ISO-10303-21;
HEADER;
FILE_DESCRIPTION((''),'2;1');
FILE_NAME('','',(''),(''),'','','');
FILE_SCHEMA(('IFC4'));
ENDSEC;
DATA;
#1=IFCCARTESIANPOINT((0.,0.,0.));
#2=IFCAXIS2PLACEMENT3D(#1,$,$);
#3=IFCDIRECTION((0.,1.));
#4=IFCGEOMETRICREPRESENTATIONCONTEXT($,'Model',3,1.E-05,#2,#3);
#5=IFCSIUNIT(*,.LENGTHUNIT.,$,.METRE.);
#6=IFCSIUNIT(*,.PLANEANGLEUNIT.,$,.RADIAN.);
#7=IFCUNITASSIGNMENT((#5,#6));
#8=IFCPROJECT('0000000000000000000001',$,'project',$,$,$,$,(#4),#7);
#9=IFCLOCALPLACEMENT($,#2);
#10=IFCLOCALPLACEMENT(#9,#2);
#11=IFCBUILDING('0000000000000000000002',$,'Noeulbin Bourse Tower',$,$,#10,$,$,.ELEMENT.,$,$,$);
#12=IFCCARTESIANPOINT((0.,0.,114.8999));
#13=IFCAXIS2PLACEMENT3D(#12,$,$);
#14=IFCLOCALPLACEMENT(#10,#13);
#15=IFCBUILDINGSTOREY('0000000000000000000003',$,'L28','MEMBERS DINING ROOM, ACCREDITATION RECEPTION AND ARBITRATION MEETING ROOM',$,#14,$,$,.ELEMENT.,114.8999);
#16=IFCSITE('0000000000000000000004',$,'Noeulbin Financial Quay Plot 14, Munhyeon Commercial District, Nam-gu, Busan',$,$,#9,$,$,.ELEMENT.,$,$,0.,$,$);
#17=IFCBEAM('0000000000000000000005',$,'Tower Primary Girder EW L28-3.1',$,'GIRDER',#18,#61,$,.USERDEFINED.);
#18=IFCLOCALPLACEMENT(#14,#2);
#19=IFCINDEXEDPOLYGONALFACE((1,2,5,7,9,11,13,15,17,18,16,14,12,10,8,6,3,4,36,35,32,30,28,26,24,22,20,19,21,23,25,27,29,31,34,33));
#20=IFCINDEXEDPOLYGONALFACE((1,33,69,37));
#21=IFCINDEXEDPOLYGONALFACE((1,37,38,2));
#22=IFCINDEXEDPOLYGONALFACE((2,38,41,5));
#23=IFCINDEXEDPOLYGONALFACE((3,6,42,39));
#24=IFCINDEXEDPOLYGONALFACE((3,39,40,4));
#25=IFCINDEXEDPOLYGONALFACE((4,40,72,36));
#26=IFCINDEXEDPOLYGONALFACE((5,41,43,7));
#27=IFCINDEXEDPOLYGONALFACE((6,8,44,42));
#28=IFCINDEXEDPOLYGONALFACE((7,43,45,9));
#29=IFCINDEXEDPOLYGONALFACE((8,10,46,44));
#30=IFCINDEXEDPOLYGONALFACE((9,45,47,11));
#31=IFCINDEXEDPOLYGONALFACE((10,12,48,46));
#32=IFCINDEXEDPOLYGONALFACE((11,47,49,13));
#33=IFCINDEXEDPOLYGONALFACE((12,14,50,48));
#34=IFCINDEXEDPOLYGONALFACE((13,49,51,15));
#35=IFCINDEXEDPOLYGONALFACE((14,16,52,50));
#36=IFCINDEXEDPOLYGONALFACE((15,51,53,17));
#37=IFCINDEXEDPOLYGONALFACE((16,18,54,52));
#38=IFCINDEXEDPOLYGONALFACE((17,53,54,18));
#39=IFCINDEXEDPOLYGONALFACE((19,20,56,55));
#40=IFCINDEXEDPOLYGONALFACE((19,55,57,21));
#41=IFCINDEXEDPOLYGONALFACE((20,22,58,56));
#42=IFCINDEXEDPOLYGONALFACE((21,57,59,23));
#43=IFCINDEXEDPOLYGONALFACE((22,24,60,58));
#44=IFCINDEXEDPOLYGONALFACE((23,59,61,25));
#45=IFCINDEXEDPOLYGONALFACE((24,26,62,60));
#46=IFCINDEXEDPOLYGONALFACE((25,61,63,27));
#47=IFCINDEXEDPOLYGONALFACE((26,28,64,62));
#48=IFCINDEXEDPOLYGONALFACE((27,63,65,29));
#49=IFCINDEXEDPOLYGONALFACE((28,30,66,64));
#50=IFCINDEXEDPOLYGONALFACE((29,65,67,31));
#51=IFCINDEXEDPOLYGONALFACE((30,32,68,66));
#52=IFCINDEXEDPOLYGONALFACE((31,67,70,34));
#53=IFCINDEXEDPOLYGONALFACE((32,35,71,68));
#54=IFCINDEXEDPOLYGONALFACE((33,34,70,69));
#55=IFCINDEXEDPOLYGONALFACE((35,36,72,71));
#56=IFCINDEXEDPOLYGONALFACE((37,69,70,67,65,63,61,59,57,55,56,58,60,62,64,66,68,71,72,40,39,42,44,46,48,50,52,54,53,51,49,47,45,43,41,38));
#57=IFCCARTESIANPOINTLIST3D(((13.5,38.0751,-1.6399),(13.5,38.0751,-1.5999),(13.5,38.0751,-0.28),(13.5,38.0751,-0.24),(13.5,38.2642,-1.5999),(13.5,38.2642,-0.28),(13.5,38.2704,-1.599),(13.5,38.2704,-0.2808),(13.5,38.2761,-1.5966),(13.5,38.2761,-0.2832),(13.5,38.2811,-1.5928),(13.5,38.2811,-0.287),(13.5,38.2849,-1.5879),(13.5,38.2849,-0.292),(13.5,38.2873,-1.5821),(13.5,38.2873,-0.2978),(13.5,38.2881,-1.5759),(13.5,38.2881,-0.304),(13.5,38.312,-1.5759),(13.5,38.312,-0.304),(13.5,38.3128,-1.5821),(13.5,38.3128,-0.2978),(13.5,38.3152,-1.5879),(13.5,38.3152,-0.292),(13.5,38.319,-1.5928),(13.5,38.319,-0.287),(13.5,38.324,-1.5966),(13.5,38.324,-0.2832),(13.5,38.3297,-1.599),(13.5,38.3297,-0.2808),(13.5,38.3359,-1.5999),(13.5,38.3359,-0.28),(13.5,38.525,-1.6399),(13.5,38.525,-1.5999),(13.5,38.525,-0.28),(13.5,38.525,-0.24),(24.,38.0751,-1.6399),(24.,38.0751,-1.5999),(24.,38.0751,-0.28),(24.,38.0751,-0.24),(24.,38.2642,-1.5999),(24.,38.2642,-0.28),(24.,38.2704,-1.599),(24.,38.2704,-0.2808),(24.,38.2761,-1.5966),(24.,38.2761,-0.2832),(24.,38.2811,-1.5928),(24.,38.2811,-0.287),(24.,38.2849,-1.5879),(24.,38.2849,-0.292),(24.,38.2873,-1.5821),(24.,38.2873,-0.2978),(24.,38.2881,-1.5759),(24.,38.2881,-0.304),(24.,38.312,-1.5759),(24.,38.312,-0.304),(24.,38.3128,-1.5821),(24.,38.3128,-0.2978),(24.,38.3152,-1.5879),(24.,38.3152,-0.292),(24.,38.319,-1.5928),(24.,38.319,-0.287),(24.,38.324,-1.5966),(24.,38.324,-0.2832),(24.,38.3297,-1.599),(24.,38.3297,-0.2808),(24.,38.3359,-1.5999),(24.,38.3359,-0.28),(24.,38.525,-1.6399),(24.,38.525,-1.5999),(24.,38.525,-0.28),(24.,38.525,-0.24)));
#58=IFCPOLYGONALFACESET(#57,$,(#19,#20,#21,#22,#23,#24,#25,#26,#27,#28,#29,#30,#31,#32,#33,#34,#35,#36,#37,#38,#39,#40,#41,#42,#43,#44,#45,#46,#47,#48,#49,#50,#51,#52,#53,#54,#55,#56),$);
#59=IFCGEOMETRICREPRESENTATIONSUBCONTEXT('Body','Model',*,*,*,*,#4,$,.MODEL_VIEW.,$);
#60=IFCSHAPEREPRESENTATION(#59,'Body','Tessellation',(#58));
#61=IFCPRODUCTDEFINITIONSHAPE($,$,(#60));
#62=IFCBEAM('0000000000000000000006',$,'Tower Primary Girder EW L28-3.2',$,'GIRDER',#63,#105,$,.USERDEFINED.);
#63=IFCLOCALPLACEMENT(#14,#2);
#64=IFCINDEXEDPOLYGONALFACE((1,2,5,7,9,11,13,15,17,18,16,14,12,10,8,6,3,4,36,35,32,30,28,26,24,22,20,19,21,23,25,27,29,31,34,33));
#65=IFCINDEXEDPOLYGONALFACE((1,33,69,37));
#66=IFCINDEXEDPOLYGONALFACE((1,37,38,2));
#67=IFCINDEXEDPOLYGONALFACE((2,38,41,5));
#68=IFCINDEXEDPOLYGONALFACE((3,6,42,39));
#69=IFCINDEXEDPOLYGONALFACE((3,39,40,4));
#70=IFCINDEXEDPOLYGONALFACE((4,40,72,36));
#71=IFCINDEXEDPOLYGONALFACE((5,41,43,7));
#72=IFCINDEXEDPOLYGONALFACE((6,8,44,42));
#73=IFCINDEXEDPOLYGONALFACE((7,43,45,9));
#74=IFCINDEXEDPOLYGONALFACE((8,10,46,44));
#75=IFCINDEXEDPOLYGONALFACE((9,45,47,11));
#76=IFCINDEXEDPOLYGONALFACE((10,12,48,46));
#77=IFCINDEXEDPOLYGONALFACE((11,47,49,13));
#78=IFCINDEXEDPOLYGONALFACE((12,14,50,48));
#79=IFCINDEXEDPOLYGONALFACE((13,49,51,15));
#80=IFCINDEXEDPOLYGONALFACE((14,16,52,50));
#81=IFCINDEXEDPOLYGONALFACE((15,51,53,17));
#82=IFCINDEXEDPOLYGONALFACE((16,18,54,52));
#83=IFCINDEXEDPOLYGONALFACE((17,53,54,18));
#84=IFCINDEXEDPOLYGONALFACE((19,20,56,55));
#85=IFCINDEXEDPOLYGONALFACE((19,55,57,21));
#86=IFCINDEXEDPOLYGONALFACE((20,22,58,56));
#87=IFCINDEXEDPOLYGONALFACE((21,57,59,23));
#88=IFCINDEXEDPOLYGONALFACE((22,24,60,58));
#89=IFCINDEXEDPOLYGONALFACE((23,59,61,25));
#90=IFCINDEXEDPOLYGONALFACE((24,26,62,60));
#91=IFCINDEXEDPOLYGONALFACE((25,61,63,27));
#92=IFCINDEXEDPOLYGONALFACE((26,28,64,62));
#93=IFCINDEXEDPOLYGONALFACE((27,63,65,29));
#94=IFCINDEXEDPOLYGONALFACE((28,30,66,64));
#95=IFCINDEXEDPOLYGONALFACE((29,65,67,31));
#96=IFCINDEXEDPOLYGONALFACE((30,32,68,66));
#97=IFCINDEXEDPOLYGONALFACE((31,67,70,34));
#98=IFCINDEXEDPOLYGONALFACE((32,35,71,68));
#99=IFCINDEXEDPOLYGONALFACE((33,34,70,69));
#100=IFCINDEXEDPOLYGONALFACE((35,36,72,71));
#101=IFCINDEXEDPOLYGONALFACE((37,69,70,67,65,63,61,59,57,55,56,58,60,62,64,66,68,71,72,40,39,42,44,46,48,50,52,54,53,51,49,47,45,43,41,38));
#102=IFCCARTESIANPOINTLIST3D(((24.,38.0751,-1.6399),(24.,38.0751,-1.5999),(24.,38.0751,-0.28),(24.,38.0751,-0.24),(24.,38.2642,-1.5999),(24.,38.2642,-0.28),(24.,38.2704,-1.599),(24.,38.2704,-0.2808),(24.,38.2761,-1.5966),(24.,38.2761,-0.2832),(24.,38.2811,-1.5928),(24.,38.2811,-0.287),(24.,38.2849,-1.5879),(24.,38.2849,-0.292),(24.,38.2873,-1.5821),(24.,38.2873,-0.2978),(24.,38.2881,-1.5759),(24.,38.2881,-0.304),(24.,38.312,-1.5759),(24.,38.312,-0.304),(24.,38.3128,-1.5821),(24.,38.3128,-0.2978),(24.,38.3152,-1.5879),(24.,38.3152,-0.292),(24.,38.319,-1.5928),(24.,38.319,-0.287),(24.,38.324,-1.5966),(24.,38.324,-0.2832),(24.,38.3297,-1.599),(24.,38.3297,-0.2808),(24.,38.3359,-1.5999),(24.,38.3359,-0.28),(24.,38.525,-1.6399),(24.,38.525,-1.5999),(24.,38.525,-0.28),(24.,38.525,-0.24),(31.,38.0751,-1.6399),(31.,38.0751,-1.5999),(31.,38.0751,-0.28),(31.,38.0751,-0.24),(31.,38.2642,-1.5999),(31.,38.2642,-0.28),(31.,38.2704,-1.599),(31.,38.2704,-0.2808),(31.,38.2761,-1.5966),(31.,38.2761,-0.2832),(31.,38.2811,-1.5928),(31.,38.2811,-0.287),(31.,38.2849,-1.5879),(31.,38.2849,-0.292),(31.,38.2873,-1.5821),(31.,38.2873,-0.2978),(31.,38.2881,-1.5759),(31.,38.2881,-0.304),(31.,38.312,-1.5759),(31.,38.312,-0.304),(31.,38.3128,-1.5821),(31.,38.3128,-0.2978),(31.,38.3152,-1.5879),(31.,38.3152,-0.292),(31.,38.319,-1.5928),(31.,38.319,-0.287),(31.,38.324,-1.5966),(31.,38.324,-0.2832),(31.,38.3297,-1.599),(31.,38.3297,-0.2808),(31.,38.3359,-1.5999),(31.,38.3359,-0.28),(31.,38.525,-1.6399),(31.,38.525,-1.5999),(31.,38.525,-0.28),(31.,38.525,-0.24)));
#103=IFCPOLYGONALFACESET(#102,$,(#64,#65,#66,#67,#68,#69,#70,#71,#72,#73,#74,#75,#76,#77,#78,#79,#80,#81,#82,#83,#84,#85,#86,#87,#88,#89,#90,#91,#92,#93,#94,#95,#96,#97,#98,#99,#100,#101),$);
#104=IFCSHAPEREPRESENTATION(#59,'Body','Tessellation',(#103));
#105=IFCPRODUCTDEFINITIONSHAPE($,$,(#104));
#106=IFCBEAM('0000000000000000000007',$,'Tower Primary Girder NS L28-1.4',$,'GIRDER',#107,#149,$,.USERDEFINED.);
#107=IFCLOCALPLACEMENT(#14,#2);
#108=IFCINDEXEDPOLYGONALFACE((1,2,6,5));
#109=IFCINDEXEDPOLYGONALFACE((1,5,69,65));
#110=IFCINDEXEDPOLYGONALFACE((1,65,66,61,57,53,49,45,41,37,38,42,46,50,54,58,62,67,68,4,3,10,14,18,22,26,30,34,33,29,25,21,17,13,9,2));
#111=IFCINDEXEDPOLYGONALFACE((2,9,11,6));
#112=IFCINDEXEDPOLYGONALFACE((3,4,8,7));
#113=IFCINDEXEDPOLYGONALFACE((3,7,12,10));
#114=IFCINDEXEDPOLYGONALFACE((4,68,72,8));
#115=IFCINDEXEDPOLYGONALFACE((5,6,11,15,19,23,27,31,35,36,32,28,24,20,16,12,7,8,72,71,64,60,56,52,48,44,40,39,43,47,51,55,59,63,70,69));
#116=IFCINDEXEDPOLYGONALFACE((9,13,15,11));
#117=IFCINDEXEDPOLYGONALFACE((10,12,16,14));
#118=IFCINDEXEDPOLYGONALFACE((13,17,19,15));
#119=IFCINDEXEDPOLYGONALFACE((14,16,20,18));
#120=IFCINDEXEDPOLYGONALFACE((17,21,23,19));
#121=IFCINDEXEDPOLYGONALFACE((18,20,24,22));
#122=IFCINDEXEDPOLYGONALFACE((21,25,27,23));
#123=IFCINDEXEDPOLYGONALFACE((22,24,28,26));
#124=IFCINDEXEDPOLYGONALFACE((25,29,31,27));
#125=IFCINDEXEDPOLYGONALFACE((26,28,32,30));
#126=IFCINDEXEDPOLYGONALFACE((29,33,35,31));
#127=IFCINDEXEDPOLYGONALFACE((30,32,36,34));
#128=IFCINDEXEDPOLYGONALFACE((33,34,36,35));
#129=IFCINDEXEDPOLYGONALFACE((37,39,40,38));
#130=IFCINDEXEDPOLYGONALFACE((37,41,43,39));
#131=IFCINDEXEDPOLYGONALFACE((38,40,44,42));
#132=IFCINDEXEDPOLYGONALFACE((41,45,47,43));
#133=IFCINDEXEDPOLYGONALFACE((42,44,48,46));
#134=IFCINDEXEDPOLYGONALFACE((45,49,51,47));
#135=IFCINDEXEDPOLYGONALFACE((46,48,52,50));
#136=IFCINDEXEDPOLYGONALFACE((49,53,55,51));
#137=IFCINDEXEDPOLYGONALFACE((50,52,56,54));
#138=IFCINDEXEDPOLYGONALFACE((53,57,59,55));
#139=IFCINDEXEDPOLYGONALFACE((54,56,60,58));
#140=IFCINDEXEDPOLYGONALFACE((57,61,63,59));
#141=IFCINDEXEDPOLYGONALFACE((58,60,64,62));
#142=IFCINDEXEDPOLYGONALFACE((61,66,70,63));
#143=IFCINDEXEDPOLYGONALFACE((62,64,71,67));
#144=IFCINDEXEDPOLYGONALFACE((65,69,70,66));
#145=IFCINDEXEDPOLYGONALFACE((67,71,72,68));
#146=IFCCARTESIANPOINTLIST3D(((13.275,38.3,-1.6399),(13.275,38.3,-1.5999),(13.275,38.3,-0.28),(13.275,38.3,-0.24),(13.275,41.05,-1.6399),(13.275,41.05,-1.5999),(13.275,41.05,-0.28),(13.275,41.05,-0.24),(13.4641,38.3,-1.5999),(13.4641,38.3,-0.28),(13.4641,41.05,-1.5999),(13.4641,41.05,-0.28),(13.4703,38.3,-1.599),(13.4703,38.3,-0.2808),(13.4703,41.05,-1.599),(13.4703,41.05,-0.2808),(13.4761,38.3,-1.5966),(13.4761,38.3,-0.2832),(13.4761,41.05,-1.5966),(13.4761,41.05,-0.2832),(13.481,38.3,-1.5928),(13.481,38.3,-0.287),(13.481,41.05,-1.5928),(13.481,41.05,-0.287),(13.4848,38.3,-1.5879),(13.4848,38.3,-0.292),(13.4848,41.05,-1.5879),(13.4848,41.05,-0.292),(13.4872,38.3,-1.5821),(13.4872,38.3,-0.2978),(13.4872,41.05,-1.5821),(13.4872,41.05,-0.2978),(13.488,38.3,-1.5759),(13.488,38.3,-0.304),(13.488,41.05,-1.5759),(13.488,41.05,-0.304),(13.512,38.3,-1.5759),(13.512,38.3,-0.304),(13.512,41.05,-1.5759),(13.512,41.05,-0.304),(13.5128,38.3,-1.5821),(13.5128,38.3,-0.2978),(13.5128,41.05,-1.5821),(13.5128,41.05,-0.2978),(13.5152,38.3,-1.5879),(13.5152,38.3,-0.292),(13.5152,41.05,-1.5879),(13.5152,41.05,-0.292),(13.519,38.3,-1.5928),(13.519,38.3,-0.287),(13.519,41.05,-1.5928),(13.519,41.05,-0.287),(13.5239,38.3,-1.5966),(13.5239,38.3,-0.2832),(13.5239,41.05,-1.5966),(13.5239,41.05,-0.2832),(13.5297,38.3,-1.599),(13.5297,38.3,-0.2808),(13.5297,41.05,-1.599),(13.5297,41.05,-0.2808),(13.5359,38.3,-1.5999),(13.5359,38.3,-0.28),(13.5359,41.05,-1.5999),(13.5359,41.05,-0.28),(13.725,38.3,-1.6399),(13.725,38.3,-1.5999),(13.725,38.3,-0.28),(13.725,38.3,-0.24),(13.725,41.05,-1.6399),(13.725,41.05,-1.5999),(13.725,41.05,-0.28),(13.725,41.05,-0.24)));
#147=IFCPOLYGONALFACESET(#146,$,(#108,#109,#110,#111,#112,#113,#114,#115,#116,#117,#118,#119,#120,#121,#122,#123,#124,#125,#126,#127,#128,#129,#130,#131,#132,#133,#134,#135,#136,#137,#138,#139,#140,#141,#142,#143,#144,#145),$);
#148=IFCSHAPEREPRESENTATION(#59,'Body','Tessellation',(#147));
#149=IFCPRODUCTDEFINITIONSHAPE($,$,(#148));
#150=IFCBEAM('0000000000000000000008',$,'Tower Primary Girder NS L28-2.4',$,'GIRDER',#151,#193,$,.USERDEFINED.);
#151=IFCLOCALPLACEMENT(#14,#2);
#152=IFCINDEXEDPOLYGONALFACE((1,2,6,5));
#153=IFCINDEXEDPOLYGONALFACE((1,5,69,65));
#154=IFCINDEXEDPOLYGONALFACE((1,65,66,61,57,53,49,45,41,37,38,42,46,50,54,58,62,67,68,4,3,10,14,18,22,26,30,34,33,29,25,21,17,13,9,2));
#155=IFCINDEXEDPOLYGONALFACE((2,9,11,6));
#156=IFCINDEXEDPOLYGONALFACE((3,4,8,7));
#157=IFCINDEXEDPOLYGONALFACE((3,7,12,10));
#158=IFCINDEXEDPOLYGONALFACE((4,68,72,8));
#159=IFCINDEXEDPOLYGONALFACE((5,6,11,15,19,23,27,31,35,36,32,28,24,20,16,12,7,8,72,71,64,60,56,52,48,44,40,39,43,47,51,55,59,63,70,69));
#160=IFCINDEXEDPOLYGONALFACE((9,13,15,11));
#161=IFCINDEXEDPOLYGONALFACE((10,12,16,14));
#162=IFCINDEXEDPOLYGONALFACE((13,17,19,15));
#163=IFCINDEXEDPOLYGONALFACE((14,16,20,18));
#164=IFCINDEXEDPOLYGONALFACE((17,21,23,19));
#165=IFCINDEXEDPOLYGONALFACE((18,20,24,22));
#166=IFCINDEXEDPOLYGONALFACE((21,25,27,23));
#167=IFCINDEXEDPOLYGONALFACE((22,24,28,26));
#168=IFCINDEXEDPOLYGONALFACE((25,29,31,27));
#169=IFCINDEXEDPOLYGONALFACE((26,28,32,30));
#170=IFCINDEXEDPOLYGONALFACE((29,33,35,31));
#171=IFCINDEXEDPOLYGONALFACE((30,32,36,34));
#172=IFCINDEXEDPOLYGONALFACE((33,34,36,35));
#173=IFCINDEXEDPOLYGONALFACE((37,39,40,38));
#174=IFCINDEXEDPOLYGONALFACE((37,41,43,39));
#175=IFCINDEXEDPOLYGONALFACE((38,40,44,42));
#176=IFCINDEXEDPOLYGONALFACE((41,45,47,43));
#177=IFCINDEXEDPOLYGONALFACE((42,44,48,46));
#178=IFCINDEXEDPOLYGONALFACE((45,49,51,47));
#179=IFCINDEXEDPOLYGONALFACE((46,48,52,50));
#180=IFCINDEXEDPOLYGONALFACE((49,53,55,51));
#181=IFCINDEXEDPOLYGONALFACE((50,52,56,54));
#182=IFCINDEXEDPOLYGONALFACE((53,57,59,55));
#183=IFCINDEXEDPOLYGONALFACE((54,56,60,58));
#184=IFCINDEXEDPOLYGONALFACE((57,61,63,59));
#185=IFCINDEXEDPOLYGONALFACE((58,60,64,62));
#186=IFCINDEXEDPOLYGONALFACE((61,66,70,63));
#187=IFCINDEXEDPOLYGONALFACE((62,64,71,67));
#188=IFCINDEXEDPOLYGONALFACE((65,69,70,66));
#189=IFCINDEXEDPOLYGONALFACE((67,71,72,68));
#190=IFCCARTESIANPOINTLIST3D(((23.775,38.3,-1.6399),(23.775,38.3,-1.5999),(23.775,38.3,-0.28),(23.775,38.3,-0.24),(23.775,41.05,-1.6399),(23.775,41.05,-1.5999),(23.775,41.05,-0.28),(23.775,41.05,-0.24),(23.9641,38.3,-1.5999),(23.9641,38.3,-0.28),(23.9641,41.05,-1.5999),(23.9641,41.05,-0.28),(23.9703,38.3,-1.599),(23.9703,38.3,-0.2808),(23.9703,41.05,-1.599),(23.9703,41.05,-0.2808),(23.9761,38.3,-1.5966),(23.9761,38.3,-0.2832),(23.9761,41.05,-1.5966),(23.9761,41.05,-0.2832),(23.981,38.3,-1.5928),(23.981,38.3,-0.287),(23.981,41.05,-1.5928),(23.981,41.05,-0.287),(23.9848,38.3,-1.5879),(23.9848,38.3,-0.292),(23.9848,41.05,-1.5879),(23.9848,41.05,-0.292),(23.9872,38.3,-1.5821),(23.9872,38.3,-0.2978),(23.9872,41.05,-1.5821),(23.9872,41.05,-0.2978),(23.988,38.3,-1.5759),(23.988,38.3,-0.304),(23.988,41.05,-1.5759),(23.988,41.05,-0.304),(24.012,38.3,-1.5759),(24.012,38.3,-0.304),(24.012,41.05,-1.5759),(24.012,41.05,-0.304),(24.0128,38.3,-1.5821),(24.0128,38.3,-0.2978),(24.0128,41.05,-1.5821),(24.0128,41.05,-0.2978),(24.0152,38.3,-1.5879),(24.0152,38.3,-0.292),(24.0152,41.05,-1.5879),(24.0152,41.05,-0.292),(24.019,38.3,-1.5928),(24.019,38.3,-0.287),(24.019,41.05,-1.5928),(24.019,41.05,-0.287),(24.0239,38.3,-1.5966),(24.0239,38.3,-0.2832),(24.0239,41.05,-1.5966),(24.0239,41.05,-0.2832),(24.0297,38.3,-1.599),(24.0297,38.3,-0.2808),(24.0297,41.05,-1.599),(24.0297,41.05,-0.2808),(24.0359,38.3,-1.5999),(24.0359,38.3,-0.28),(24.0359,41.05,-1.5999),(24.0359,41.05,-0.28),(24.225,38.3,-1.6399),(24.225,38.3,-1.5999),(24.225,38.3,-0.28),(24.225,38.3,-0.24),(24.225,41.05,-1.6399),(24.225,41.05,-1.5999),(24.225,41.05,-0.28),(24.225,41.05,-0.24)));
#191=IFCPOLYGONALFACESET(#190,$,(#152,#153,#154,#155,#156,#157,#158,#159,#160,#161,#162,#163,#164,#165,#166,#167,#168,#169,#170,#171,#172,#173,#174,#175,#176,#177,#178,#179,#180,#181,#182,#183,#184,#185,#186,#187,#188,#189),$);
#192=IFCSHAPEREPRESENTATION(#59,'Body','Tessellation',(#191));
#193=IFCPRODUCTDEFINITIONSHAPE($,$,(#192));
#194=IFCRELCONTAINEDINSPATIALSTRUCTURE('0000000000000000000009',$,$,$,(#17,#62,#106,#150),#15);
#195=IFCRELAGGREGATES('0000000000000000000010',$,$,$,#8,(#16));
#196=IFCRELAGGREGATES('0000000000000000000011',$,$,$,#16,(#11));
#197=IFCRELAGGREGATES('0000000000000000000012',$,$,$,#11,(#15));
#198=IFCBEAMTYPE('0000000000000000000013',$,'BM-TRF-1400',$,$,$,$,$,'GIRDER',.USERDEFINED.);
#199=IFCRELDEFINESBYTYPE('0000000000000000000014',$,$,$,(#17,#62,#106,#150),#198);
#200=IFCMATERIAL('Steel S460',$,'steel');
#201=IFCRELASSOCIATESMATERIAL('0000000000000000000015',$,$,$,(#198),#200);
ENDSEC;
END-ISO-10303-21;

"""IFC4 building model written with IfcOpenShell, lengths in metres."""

from ifc_helpers import new_model, si_unit, direction, frame, origin, origin_2d, place, context, subcontext, project, spatial, i_section, extrude, material, material_profile, profile_set, type_object, element, save


model = new_model("IFC4")

# Units and contexts
model_context = context("Model", 3, precision=1e-05, world=origin(), true_north=direction((0.0, 1.0)))
body_context = subcontext(model_context, "Body", "Model", "MODEL_VIEW")
ifc_project = project(units=[si_unit("LENGTHUNIT", "METRE"), si_unit("PLANEANGLEUNIT", "RADIAN")], contexts=[model_context])

# Site, building, storey
site_placement = place(None, origin())
site = spatial("IfcSite", under=ifc_project, at=site_placement, Name="Noeulbin Financial Quay Plot 14, Munhyeon Commercial District, Nam-gu, Busan", CompositionType="ELEMENT", RefElevation=0.0)
building_placement = place(site_placement, origin())
building = spatial("IfcBuilding", under=site, at=building_placement, Name="Noeulbin Bourse Tower", CompositionType="ELEMENT")
storey_placement = place(building_placement, frame((0.0, 0.0, 114.8999)))
storey = spatial("IfcBuildingStorey", under=building, at=storey_placement, Name="L28", Description="MEMBERS DINING ROOM, ACCREDITATION RECEPTION AND ARBITRATION MEETING ROOM", CompositionType="ELEMENT", Elevation=114.8999)

# Shared definitions
ifc_material_1 = material(Name="Steel S460", Category="steel")

# Beams
ifc_material_profile_1 = material_profile(ifc_material_1, i_section(OverallWidth=0.45, OverallDepth=1.3999, WebThickness=0.0239, FlangeThickness=0.04, FilletRadius=0.0239, at=origin_2d()), Name="PG-1400x450x24x40", Category="LoadBearing")
ifc_profile_set_1 = profile_set([ifc_material_profile_1], Name="Steel S460")
beam_type = type_object("IfcBeamType", Name="BM-TRF-1400", ElementType="GIRDER", PredefinedType="USERDEFINED", material=ifc_profile_set_1)
beam_1_placement = place(storey_placement, frame((13.5, 38.3, -0.9399), z_axis=(1.0, 0.0, 0.0), x_axis=(0.0, 1.0, 0.0)))
element("IfcBeam", 1, at=beam_1_placement, inside=storey, type_object=beam_type, Name="Tower Primary Girder EW L28-3.1", ObjectType="GIRDER", PredefinedType="USERDEFINED", context=body_context, shape_type="SweptSolid", body=[
    extrude(i_section(OverallWidth=0.45, OverallDepth=1.3999, WebThickness=0.0239, FlangeThickness=0.04, FilletRadius=0.0239, at=origin_2d()), origin(), (0.0, 0.0, 1.0), 10.5),
])
beam_2_placement = place(storey_placement, frame((24.0, 38.3, -0.9399), z_axis=(1.0, 0.0, 0.0), x_axis=(0.0, 1.0, 0.0)))
element("IfcBeam", 2, at=beam_2_placement, inside=storey, type_object=beam_type, Name="Tower Primary Girder EW L28-3.2", ObjectType="GIRDER", PredefinedType="USERDEFINED", context=body_context, shape_type="SweptSolid", body=[
    extrude(i_section(OverallWidth=0.45, OverallDepth=1.3999, WebThickness=0.0239, FlangeThickness=0.04, FilletRadius=0.0239, at=origin_2d()), origin(), (0.0, 0.0, 1.0), 7.0),
])
for number, where, z_axis, x_axis, name in (
    (3, (13.5, 38.3, -0.9399), (0.0, 1.0, 0.0), (-1.0, 0.0, 0.0), "Tower Primary Girder NS L28-1.4"),
    (4, (24.0, 38.3, -0.9399), (0.0, 1.0, 0.0), (-1.0, 0.0, 0.0), "Tower Primary Girder NS L28-2.4"),
):
    element("IfcBeam", number, at=place(storey_placement, frame(where, z_axis=z_axis, x_axis=x_axis)), inside=storey, type_object=beam_type, Name=name, ObjectType="GIRDER", PredefinedType="USERDEFINED", context=body_context, shape_type="SweptSolid", body=[
        extrude(i_section(OverallWidth=0.45, OverallDepth=1.3999, WebThickness=0.0239, FlangeThickness=0.04, FilletRadius=0.0239, at=origin_2d()), origin(), (0.0, 0.0, 1.0), 2.75),
    ])

save(model, "model.ifc")
